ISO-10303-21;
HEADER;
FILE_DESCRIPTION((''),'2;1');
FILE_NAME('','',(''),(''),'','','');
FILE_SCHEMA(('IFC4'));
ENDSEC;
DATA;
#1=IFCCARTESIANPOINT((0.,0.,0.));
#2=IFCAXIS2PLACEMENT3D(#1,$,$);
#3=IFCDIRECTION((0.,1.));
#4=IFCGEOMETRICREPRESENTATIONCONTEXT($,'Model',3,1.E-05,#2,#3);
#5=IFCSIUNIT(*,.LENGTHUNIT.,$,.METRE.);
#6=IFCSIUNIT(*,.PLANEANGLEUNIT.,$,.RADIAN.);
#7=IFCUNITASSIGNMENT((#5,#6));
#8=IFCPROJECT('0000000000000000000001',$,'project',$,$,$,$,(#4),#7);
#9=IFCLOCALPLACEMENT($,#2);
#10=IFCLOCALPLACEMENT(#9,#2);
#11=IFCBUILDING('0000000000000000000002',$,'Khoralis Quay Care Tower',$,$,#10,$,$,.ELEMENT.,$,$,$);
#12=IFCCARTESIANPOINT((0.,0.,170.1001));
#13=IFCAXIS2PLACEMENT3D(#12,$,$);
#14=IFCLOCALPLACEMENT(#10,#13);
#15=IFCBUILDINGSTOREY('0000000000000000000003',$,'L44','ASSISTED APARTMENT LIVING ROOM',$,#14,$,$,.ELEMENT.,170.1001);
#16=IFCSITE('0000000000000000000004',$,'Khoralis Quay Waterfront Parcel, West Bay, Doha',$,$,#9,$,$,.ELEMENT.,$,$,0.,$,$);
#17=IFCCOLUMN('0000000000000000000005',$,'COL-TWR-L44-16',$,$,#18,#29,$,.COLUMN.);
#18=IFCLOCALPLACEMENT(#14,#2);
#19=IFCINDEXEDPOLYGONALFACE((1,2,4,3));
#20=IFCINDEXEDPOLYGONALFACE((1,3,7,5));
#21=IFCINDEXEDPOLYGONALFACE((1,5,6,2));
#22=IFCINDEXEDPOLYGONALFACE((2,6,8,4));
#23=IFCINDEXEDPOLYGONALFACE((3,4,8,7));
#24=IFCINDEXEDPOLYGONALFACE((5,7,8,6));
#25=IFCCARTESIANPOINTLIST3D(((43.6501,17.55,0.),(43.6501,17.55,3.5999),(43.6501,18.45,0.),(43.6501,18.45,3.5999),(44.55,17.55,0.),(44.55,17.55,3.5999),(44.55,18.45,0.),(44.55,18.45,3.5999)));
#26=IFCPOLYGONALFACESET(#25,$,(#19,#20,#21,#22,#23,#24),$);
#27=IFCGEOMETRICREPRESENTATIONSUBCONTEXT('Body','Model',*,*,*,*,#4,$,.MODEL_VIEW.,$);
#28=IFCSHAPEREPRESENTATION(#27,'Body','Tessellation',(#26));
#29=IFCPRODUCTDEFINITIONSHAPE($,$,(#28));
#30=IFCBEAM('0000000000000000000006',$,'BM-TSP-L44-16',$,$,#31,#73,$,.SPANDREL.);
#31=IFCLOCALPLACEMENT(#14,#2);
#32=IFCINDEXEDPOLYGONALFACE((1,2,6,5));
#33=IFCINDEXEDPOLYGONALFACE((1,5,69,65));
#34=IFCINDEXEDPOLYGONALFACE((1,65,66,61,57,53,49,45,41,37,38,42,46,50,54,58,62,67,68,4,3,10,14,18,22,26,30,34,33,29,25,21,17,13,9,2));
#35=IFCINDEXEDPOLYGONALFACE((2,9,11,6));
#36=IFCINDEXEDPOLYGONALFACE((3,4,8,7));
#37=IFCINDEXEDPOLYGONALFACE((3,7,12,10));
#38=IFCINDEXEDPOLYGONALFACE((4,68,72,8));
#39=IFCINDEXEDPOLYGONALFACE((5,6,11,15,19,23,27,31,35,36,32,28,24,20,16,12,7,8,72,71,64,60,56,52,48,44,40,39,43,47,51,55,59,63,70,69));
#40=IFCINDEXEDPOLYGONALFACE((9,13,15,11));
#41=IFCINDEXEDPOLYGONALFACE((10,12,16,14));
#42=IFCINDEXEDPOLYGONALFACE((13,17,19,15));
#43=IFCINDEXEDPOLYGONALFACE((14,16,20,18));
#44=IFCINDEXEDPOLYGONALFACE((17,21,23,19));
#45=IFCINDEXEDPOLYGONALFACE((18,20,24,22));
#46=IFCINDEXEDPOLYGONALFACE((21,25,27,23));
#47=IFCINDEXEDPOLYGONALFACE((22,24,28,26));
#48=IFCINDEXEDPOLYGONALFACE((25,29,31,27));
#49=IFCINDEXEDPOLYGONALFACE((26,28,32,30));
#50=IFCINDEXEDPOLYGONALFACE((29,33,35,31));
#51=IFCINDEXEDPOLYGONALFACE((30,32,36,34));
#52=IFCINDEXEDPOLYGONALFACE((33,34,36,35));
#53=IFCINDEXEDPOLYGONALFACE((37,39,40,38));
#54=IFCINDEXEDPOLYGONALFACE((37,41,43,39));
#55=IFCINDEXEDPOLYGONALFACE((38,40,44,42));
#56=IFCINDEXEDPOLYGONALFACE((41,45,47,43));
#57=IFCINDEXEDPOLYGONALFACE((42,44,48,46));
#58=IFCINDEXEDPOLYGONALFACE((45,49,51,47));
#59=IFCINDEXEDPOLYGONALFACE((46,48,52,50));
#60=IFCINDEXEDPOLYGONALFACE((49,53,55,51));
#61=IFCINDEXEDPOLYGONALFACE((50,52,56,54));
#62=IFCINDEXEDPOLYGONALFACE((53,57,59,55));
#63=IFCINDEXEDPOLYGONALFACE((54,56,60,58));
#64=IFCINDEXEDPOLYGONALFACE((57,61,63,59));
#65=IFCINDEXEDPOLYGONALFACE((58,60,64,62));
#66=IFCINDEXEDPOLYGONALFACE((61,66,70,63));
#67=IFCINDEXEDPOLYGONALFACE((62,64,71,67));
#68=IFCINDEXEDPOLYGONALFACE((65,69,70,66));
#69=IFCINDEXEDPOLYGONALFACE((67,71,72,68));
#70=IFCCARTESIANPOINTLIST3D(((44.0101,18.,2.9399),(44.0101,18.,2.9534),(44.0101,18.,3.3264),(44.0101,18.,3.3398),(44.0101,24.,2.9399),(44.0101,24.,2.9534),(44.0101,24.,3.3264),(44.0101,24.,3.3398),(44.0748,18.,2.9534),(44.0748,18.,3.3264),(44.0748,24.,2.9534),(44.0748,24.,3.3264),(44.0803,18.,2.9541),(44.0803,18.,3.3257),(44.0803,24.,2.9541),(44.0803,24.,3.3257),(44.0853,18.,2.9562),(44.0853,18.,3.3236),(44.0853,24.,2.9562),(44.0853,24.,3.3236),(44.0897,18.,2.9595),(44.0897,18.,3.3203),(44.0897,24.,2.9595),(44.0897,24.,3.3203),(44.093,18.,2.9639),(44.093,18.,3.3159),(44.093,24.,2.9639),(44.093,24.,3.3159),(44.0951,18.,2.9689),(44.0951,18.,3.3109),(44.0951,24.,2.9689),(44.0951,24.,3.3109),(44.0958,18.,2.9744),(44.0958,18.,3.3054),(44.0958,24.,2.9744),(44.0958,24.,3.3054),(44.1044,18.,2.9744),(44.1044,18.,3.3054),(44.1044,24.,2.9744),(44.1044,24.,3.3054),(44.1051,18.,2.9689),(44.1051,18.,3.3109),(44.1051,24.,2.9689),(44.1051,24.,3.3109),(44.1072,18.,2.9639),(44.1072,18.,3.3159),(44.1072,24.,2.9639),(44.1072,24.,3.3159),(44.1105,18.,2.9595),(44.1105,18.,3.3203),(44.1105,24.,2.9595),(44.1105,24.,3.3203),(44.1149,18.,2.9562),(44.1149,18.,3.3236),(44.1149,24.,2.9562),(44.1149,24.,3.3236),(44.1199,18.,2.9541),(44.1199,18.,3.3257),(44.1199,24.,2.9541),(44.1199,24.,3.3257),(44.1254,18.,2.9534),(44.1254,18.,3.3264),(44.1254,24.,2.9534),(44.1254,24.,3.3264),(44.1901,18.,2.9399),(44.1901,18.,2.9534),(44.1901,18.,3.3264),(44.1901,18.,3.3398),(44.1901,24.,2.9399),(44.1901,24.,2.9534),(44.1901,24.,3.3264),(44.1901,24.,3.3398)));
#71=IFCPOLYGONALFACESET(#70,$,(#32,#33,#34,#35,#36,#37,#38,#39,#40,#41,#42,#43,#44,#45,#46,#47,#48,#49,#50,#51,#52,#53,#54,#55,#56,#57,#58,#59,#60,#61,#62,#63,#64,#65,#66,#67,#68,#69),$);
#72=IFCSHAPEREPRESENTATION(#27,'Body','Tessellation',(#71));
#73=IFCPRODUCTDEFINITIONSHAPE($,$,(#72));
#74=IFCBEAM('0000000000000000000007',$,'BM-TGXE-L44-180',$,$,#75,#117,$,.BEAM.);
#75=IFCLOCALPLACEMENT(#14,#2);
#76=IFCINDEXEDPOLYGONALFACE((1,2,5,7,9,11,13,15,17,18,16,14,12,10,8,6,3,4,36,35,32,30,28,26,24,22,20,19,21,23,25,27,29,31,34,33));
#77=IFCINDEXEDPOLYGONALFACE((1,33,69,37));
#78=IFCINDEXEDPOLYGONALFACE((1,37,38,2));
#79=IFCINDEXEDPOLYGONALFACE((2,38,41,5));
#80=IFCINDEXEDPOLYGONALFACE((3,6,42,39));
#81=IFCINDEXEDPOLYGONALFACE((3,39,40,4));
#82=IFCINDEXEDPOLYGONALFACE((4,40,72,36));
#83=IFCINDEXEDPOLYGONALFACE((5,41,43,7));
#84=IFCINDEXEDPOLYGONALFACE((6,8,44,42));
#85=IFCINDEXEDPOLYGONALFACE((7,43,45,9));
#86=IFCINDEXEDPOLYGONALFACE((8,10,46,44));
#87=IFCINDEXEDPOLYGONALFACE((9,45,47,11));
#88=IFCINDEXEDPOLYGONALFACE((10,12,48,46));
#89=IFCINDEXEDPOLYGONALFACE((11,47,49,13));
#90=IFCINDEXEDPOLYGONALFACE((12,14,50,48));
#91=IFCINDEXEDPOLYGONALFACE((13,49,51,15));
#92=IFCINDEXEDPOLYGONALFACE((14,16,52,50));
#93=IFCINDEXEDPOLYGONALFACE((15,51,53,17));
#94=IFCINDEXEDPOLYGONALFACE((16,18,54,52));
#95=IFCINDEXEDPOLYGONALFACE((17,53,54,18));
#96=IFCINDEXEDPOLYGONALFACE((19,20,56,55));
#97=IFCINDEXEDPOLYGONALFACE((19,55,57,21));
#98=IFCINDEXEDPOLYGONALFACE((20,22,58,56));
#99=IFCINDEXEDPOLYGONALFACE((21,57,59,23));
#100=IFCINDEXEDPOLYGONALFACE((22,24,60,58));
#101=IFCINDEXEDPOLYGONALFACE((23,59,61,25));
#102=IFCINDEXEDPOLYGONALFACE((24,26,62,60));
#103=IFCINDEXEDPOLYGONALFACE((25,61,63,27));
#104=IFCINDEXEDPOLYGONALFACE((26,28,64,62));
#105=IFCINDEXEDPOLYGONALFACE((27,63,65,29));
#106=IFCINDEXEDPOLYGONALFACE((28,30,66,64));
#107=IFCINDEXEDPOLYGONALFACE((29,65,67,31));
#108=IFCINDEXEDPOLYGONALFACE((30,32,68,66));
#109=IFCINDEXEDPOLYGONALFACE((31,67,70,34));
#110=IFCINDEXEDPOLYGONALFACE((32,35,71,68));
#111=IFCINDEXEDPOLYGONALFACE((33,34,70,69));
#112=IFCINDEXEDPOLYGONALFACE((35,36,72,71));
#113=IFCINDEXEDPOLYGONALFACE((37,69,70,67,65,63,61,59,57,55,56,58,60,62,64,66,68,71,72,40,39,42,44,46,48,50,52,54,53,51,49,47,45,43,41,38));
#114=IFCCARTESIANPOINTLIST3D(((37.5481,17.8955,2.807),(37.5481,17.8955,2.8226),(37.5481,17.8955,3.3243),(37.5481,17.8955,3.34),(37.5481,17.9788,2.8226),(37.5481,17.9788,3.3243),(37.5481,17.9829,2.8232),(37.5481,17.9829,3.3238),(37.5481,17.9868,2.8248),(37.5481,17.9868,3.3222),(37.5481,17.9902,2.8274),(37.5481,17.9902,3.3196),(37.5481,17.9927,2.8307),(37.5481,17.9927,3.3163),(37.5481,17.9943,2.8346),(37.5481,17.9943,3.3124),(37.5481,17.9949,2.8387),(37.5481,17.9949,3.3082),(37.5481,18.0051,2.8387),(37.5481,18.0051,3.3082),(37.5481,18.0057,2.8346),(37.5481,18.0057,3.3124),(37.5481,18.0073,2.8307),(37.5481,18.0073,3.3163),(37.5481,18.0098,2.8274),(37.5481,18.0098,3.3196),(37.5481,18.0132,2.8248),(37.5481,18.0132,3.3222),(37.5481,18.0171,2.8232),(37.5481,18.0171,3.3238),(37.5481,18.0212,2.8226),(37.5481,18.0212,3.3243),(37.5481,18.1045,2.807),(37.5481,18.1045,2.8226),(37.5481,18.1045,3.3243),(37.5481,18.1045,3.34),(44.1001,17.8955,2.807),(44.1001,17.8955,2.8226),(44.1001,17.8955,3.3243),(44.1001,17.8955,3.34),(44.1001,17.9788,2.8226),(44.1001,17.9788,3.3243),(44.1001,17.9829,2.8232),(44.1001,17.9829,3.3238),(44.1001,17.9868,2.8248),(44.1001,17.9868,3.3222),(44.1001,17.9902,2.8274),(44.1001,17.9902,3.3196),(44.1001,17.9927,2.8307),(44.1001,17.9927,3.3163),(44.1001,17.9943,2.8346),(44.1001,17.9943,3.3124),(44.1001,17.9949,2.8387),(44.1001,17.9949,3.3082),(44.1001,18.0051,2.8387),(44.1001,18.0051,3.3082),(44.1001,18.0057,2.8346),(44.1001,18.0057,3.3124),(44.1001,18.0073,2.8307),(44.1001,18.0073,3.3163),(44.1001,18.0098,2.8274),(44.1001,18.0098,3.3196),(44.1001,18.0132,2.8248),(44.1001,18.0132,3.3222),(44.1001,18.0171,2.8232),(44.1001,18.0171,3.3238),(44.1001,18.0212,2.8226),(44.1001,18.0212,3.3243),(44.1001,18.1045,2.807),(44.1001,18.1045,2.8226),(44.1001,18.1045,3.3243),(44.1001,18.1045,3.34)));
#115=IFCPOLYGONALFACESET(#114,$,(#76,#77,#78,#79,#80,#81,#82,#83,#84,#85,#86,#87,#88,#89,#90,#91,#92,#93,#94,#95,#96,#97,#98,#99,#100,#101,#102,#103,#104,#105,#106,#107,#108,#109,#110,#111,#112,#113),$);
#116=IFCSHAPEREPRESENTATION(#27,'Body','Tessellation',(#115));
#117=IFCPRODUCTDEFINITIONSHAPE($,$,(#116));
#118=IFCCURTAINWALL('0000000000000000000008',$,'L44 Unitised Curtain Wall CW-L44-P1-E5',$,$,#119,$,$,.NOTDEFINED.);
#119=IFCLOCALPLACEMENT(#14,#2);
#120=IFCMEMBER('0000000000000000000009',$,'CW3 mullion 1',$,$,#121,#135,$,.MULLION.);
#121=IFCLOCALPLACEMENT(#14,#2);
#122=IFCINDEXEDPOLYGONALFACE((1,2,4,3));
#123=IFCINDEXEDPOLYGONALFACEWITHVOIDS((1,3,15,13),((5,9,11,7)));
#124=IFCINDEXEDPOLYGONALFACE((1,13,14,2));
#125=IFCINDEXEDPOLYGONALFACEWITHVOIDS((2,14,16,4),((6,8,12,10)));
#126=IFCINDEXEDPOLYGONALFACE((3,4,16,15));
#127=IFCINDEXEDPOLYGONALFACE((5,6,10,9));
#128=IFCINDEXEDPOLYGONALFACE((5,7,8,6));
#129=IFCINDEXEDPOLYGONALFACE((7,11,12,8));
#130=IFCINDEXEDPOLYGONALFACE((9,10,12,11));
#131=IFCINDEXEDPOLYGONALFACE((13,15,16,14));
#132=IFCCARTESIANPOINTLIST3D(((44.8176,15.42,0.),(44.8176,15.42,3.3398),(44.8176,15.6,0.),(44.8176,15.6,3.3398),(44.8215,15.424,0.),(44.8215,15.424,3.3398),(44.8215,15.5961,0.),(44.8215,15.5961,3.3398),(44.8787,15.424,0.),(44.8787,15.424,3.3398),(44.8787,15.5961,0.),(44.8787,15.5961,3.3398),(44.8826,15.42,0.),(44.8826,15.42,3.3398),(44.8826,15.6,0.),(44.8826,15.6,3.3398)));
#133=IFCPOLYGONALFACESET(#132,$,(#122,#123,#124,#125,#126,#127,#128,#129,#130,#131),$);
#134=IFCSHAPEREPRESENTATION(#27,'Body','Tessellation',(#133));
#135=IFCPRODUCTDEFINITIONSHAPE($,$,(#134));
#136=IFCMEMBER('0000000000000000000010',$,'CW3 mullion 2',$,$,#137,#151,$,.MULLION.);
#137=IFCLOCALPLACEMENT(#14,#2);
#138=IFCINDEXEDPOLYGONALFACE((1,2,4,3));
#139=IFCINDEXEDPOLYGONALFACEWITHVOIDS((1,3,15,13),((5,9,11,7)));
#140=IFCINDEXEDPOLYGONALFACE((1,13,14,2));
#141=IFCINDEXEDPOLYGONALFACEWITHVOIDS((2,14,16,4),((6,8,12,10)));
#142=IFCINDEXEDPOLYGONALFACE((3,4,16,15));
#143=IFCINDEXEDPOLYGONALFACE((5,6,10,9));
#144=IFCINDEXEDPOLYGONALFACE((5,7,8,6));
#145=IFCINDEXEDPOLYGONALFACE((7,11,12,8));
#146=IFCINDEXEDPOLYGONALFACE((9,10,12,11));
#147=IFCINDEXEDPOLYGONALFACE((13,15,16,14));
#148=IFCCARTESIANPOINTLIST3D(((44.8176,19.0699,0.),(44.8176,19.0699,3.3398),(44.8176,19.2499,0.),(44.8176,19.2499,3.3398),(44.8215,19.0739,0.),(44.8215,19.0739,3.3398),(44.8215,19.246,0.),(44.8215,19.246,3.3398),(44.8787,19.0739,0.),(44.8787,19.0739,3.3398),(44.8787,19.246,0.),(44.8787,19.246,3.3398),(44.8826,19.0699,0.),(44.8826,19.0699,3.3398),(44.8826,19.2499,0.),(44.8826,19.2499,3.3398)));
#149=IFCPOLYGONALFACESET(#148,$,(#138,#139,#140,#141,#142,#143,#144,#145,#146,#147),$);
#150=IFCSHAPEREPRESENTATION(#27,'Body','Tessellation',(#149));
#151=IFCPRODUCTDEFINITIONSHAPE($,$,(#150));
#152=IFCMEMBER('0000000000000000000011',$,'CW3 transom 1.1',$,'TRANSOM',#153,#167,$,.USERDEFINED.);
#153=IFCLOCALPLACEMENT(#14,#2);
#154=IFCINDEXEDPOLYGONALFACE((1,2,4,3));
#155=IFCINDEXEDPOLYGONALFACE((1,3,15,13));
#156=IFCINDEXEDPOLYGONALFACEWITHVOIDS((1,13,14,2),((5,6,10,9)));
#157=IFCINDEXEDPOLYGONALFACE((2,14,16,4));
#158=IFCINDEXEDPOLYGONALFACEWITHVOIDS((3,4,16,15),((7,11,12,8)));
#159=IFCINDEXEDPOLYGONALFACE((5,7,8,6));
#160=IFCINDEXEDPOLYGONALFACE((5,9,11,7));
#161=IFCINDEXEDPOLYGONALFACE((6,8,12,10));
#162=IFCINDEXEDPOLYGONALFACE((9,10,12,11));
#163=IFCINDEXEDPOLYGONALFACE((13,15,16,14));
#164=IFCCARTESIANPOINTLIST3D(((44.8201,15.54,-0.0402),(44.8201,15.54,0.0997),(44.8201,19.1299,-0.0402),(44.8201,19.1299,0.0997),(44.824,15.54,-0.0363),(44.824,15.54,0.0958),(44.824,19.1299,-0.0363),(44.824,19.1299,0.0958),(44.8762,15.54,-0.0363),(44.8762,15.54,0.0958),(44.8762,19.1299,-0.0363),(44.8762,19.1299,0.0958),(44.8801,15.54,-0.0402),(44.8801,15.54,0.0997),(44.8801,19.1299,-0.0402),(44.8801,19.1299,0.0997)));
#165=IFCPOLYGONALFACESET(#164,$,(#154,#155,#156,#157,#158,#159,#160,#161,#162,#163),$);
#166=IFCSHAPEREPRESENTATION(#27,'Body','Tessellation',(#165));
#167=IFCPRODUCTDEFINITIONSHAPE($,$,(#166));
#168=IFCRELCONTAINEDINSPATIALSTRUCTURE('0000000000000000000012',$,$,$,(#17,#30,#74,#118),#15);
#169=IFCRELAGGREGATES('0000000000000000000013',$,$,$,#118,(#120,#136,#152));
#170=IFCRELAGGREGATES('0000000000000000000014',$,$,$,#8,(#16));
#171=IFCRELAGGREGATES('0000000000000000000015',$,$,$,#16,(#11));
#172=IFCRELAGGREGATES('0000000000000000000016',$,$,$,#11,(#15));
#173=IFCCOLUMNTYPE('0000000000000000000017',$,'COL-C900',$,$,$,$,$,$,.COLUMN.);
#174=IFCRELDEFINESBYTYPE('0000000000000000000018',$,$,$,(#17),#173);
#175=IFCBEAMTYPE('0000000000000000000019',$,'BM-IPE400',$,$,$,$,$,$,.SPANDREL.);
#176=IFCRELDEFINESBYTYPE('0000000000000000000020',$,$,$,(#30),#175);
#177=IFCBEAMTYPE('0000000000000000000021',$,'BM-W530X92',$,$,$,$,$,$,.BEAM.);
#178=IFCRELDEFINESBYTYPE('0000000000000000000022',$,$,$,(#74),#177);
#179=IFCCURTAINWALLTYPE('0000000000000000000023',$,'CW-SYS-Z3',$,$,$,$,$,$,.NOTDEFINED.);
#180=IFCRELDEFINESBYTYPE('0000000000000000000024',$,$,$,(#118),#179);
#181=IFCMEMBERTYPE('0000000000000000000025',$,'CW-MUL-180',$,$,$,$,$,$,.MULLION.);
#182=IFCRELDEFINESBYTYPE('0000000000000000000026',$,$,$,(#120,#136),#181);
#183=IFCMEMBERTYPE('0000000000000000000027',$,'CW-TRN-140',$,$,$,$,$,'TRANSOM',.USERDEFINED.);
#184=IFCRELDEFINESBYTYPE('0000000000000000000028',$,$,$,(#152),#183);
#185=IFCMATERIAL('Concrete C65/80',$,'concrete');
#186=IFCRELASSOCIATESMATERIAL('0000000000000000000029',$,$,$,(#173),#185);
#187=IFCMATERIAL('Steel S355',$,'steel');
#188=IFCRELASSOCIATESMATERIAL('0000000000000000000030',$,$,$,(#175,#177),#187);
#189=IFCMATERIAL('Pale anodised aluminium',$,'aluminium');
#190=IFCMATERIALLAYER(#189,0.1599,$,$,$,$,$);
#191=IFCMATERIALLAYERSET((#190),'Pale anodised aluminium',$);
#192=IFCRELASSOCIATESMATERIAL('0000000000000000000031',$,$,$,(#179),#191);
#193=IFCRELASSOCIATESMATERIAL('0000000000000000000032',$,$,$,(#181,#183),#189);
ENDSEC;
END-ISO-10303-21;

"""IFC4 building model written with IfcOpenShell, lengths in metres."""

from ifc_helpers import new_model, si_unit, direction, frame, origin, origin_2d, place, context, subcontext, project, spatial, rectangle, hollow_rectangle, i_section, extrude, source, transform, mapped, material, layer, layer_set, material_profile, profile_set, type_object, element, aggregate, save


model = new_model("IFC4")

# Units and contexts
model_context = context("Model", 3, precision=1e-05, world=origin(), true_north=direction((0.0, 1.0)))
body_context = subcontext(model_context, "Body", "Model", "MODEL_VIEW")
ifc_project = project(units=[si_unit("LENGTHUNIT", "METRE"), si_unit("PLANEANGLEUNIT", "RADIAN")], contexts=[model_context])

# Site, building, storey
site_placement = place(None, origin())
site = spatial("IfcSite", under=ifc_project, at=site_placement, Name="Khoralis Quay Waterfront Parcel, West Bay, Doha", CompositionType="ELEMENT", RefElevation=0.0)
building_placement = place(site_placement, origin())
building = spatial("IfcBuilding", under=site, at=building_placement, Name="Khoralis Quay Care Tower", CompositionType="ELEMENT")
storey_placement = place(building_placement, frame((0.0, 0.0, 170.1001)))
storey = spatial("IfcBuildingStorey", under=building, at=storey_placement, Name="L44", Description="ASSISTED APARTMENT LIVING ROOM", CompositionType="ELEMENT", Elevation=170.1001)

# Column
ifc_material_1 = material(Name="Concrete C65/80", Category="concrete")
ifc_material_profile_1 = material_profile(ifc_material_1, rectangle(XDim=0.8999, YDim=0.8999, at=origin_2d()), Name="Concrete C65/80")
ifc_profile_set_1 = profile_set([ifc_material_profile_1], Name="Concrete C65/80")
column_type = type_object("IfcColumnType", Name="COL-C900", PredefinedType="COLUMN", material=ifc_profile_set_1)
shared_shape_1 = source(origin(), body_context, "Body", "SweptSolid", [
    extrude(rectangle(XDim=0.8999, YDim=0.8999, at=origin_2d()), origin(), (0.0, 0.0, 1.0), 3.5999),
])
column_placement = place(storey_placement, frame((44.1001, 18.0, 0.0), z_axis=(0.0, 0.0, 1.0), x_axis=(1.0, 0.0, 0.0)))
element("IfcColumn", 1, at=column_placement, inside=storey, type_object=column_type, Name="COL-TWR-L44-16", PredefinedType="COLUMN", context=body_context, shape_type="MappedRepresentation", body=[
    mapped(shared_shape_1, transform((0.0, 0.0, 0.0), scale=1.0)),
])

# Beams
ifc_material_2 = material(Name="Steel S355", Category="steel")
ifc_material_profile_2 = material_profile(ifc_material_2, i_section(OverallWidth=0.1799, OverallDepth=0.3999, WebThickness=0.0085, FlangeThickness=0.0134, FilletRadius=0.021, at=origin_2d()), Name="Steel S355")
ifc_profile_set_2 = profile_set([ifc_material_profile_2], Name="Steel S355")
beam_type_1 = type_object("IfcBeamType", Name="BM-IPE400", PredefinedType="SPANDREL", material=ifc_profile_set_2)
shared_shape_2 = source(origin(), body_context, "Body", "SweptSolid", [
    extrude(i_section(OverallWidth=0.1799, OverallDepth=0.3999, WebThickness=0.0085, FlangeThickness=0.0134, FilletRadius=0.021, at=origin_2d()), origin(), (0.0, 0.0, 1.0), 6.0),
])
beam_1_placement = place(storey_placement, frame((44.1001, 18.0, 3.1399), z_axis=(0.0, 1.0, 0.0), x_axis=(-1.0, 0.0, 0.0)))
element("IfcBeam", 2, at=beam_1_placement, inside=storey, type_object=beam_type_1, Name="BM-TSP-L44-16", PredefinedType="SPANDREL", context=body_context, shape_type="MappedRepresentation", body=[
    mapped(shared_shape_2, transform((0.0, 0.0, 0.0), scale=1.0)),
])
ifc_material_profile_3 = material_profile(ifc_material_2, i_section(OverallWidth=0.209, OverallDepth=0.533, WebThickness=0.0103, FlangeThickness=0.0156, FilletRadius=0.0161, at=origin_2d()), Name="Steel S355")
ifc_profile_set_3 = profile_set([ifc_material_profile_3], Name="Steel S355")
beam_type_2 = type_object("IfcBeamType", Name="BM-W530X92", PredefinedType="BEAM", material=ifc_profile_set_3)
shared_shape_3 = source(origin(), body_context, "Body", "SweptSolid", [
    extrude(i_section(OverallWidth=0.209, OverallDepth=0.533, WebThickness=0.0103, FlangeThickness=0.0156, FilletRadius=0.0161, at=origin_2d()), origin(), (0.0, 0.0, 1.0), 6.552),
])
beam_2_placement = place(storey_placement, frame((37.5481, 18.0, 3.0735), z_axis=(1.0, 0.0, 0.0), x_axis=(0.0, 1.0, 0.0)))
element("IfcBeam", 3, at=beam_2_placement, inside=storey, type_object=beam_type_2, Name="BM-TGXE-L44-180", PredefinedType="BEAM", context=body_context, shape_type="MappedRepresentation", body=[
    mapped(shared_shape_3, transform((0.0, 0.0, 0.0), scale=1.0)),
])

# Curtain wall, members
ifc_material_3 = material(Name="Pale anodised aluminium", Category="aluminium")
ifc_layer_1 = layer(ifc_material_3, 0.1599)
ifc_layer_set_1 = layer_set([ifc_layer_1], Name="Pale anodised aluminium")
curtain_wall_type = type_object("IfcCurtainWallType", Name="CW-SYS-Z3", PredefinedType="NOTDEFINED", material=ifc_layer_set_1)
curtain_wall_placement = place(storey_placement, origin())
curtain_wall = element("IfcCurtainWall", 4, at=curtain_wall_placement, inside=storey, type_object=curtain_wall_type, Name="L44 Unitised Curtain Wall CW-L44-P1-E5", PredefinedType="NOTDEFINED")
ifc_material_profile_4 = material_profile(ifc_material_3, hollow_rectangle(XDim=0.0649, YDim=0.1799, WallThickness=0.0039, at=origin_2d()), Name="Pale anodised aluminium")
ifc_profile_set_4 = profile_set([ifc_material_profile_4], Name="Pale anodised aluminium")
member_type_1 = type_object("IfcMemberType", Name="CW-MUL-180", PredefinedType="MULLION", material=ifc_profile_set_4)
shared_shape_4 = source(origin(), body_context, "Body", "SweptSolid", [
    extrude(hollow_rectangle(XDim=0.0649, YDim=0.1799, WallThickness=0.0039, at=origin_2d()), origin(), (0.0, 0.0, 1.0), 3.3398),
])
member_1_placement = place(storey_placement, frame((44.8501, 15.51, 0.0), z_axis=(0.0, 0.0, 1.0), x_axis=(-1.0, 0.0, 0.0)))
member_1 = element("IfcMember", 5, at=member_1_placement, type_object=member_type_1, Name="CW3 mullion 1", PredefinedType="MULLION", context=body_context, shape_type="MappedRepresentation", body=[
    mapped(shared_shape_4, transform((0.0, 0.0, 0.0), scale=1.0)),
])
member_2_placement = place(storey_placement, frame((44.8501, 19.1599, 0.0), z_axis=(0.0, 0.0, 1.0), x_axis=(-1.0, 0.0, 0.0)))
member_2 = element("IfcMember", 6, at=member_2_placement, type_object=member_type_1, Name="CW3 mullion 2", PredefinedType="MULLION", context=body_context, shape_type="MappedRepresentation", body=[
    mapped(shared_shape_4, transform((0.0, 0.0, 0.0), scale=1.0)),
])
ifc_material_profile_5 = material_profile(ifc_material_3, hollow_rectangle(XDim=0.0601, YDim=0.1399, WallThickness=0.0039, at=origin_2d()), Name="Pale anodised aluminium")
ifc_profile_set_5 = profile_set([ifc_material_profile_5], Name="Pale anodised aluminium")
member_type_2 = type_object("IfcMemberType", Name="CW-TRN-140", ElementType="TRANSOM", PredefinedType="USERDEFINED", material=ifc_profile_set_5)
shared_shape_5 = source(origin(), body_context, "Body", "SweptSolid", [
    extrude(hollow_rectangle(XDim=0.0601, YDim=0.1399, WallThickness=0.0039, at=origin_2d()), origin(), (0.0, 0.0, 1.0), 3.5898),
])
member_3_placement = place(storey_placement, frame((44.8501, 15.54, 0.0298), z_axis=(0.0, 1.0, 0.0), x_axis=(-1.0, 0.0, 0.0)))
member_3 = element("IfcMember", 7, at=member_3_placement, type_object=member_type_2, Name="CW3 transom 1.1", ObjectType="TRANSOM", PredefinedType="USERDEFINED", context=body_context, shape_type="MappedRepresentation", body=[
    mapped(shared_shape_5, transform((0.0, 0.0, 0.0), scale=1.0)),
])
aggregate(curtain_wall, [member_1, member_2, member_3])

save(model, "model.ifc")
